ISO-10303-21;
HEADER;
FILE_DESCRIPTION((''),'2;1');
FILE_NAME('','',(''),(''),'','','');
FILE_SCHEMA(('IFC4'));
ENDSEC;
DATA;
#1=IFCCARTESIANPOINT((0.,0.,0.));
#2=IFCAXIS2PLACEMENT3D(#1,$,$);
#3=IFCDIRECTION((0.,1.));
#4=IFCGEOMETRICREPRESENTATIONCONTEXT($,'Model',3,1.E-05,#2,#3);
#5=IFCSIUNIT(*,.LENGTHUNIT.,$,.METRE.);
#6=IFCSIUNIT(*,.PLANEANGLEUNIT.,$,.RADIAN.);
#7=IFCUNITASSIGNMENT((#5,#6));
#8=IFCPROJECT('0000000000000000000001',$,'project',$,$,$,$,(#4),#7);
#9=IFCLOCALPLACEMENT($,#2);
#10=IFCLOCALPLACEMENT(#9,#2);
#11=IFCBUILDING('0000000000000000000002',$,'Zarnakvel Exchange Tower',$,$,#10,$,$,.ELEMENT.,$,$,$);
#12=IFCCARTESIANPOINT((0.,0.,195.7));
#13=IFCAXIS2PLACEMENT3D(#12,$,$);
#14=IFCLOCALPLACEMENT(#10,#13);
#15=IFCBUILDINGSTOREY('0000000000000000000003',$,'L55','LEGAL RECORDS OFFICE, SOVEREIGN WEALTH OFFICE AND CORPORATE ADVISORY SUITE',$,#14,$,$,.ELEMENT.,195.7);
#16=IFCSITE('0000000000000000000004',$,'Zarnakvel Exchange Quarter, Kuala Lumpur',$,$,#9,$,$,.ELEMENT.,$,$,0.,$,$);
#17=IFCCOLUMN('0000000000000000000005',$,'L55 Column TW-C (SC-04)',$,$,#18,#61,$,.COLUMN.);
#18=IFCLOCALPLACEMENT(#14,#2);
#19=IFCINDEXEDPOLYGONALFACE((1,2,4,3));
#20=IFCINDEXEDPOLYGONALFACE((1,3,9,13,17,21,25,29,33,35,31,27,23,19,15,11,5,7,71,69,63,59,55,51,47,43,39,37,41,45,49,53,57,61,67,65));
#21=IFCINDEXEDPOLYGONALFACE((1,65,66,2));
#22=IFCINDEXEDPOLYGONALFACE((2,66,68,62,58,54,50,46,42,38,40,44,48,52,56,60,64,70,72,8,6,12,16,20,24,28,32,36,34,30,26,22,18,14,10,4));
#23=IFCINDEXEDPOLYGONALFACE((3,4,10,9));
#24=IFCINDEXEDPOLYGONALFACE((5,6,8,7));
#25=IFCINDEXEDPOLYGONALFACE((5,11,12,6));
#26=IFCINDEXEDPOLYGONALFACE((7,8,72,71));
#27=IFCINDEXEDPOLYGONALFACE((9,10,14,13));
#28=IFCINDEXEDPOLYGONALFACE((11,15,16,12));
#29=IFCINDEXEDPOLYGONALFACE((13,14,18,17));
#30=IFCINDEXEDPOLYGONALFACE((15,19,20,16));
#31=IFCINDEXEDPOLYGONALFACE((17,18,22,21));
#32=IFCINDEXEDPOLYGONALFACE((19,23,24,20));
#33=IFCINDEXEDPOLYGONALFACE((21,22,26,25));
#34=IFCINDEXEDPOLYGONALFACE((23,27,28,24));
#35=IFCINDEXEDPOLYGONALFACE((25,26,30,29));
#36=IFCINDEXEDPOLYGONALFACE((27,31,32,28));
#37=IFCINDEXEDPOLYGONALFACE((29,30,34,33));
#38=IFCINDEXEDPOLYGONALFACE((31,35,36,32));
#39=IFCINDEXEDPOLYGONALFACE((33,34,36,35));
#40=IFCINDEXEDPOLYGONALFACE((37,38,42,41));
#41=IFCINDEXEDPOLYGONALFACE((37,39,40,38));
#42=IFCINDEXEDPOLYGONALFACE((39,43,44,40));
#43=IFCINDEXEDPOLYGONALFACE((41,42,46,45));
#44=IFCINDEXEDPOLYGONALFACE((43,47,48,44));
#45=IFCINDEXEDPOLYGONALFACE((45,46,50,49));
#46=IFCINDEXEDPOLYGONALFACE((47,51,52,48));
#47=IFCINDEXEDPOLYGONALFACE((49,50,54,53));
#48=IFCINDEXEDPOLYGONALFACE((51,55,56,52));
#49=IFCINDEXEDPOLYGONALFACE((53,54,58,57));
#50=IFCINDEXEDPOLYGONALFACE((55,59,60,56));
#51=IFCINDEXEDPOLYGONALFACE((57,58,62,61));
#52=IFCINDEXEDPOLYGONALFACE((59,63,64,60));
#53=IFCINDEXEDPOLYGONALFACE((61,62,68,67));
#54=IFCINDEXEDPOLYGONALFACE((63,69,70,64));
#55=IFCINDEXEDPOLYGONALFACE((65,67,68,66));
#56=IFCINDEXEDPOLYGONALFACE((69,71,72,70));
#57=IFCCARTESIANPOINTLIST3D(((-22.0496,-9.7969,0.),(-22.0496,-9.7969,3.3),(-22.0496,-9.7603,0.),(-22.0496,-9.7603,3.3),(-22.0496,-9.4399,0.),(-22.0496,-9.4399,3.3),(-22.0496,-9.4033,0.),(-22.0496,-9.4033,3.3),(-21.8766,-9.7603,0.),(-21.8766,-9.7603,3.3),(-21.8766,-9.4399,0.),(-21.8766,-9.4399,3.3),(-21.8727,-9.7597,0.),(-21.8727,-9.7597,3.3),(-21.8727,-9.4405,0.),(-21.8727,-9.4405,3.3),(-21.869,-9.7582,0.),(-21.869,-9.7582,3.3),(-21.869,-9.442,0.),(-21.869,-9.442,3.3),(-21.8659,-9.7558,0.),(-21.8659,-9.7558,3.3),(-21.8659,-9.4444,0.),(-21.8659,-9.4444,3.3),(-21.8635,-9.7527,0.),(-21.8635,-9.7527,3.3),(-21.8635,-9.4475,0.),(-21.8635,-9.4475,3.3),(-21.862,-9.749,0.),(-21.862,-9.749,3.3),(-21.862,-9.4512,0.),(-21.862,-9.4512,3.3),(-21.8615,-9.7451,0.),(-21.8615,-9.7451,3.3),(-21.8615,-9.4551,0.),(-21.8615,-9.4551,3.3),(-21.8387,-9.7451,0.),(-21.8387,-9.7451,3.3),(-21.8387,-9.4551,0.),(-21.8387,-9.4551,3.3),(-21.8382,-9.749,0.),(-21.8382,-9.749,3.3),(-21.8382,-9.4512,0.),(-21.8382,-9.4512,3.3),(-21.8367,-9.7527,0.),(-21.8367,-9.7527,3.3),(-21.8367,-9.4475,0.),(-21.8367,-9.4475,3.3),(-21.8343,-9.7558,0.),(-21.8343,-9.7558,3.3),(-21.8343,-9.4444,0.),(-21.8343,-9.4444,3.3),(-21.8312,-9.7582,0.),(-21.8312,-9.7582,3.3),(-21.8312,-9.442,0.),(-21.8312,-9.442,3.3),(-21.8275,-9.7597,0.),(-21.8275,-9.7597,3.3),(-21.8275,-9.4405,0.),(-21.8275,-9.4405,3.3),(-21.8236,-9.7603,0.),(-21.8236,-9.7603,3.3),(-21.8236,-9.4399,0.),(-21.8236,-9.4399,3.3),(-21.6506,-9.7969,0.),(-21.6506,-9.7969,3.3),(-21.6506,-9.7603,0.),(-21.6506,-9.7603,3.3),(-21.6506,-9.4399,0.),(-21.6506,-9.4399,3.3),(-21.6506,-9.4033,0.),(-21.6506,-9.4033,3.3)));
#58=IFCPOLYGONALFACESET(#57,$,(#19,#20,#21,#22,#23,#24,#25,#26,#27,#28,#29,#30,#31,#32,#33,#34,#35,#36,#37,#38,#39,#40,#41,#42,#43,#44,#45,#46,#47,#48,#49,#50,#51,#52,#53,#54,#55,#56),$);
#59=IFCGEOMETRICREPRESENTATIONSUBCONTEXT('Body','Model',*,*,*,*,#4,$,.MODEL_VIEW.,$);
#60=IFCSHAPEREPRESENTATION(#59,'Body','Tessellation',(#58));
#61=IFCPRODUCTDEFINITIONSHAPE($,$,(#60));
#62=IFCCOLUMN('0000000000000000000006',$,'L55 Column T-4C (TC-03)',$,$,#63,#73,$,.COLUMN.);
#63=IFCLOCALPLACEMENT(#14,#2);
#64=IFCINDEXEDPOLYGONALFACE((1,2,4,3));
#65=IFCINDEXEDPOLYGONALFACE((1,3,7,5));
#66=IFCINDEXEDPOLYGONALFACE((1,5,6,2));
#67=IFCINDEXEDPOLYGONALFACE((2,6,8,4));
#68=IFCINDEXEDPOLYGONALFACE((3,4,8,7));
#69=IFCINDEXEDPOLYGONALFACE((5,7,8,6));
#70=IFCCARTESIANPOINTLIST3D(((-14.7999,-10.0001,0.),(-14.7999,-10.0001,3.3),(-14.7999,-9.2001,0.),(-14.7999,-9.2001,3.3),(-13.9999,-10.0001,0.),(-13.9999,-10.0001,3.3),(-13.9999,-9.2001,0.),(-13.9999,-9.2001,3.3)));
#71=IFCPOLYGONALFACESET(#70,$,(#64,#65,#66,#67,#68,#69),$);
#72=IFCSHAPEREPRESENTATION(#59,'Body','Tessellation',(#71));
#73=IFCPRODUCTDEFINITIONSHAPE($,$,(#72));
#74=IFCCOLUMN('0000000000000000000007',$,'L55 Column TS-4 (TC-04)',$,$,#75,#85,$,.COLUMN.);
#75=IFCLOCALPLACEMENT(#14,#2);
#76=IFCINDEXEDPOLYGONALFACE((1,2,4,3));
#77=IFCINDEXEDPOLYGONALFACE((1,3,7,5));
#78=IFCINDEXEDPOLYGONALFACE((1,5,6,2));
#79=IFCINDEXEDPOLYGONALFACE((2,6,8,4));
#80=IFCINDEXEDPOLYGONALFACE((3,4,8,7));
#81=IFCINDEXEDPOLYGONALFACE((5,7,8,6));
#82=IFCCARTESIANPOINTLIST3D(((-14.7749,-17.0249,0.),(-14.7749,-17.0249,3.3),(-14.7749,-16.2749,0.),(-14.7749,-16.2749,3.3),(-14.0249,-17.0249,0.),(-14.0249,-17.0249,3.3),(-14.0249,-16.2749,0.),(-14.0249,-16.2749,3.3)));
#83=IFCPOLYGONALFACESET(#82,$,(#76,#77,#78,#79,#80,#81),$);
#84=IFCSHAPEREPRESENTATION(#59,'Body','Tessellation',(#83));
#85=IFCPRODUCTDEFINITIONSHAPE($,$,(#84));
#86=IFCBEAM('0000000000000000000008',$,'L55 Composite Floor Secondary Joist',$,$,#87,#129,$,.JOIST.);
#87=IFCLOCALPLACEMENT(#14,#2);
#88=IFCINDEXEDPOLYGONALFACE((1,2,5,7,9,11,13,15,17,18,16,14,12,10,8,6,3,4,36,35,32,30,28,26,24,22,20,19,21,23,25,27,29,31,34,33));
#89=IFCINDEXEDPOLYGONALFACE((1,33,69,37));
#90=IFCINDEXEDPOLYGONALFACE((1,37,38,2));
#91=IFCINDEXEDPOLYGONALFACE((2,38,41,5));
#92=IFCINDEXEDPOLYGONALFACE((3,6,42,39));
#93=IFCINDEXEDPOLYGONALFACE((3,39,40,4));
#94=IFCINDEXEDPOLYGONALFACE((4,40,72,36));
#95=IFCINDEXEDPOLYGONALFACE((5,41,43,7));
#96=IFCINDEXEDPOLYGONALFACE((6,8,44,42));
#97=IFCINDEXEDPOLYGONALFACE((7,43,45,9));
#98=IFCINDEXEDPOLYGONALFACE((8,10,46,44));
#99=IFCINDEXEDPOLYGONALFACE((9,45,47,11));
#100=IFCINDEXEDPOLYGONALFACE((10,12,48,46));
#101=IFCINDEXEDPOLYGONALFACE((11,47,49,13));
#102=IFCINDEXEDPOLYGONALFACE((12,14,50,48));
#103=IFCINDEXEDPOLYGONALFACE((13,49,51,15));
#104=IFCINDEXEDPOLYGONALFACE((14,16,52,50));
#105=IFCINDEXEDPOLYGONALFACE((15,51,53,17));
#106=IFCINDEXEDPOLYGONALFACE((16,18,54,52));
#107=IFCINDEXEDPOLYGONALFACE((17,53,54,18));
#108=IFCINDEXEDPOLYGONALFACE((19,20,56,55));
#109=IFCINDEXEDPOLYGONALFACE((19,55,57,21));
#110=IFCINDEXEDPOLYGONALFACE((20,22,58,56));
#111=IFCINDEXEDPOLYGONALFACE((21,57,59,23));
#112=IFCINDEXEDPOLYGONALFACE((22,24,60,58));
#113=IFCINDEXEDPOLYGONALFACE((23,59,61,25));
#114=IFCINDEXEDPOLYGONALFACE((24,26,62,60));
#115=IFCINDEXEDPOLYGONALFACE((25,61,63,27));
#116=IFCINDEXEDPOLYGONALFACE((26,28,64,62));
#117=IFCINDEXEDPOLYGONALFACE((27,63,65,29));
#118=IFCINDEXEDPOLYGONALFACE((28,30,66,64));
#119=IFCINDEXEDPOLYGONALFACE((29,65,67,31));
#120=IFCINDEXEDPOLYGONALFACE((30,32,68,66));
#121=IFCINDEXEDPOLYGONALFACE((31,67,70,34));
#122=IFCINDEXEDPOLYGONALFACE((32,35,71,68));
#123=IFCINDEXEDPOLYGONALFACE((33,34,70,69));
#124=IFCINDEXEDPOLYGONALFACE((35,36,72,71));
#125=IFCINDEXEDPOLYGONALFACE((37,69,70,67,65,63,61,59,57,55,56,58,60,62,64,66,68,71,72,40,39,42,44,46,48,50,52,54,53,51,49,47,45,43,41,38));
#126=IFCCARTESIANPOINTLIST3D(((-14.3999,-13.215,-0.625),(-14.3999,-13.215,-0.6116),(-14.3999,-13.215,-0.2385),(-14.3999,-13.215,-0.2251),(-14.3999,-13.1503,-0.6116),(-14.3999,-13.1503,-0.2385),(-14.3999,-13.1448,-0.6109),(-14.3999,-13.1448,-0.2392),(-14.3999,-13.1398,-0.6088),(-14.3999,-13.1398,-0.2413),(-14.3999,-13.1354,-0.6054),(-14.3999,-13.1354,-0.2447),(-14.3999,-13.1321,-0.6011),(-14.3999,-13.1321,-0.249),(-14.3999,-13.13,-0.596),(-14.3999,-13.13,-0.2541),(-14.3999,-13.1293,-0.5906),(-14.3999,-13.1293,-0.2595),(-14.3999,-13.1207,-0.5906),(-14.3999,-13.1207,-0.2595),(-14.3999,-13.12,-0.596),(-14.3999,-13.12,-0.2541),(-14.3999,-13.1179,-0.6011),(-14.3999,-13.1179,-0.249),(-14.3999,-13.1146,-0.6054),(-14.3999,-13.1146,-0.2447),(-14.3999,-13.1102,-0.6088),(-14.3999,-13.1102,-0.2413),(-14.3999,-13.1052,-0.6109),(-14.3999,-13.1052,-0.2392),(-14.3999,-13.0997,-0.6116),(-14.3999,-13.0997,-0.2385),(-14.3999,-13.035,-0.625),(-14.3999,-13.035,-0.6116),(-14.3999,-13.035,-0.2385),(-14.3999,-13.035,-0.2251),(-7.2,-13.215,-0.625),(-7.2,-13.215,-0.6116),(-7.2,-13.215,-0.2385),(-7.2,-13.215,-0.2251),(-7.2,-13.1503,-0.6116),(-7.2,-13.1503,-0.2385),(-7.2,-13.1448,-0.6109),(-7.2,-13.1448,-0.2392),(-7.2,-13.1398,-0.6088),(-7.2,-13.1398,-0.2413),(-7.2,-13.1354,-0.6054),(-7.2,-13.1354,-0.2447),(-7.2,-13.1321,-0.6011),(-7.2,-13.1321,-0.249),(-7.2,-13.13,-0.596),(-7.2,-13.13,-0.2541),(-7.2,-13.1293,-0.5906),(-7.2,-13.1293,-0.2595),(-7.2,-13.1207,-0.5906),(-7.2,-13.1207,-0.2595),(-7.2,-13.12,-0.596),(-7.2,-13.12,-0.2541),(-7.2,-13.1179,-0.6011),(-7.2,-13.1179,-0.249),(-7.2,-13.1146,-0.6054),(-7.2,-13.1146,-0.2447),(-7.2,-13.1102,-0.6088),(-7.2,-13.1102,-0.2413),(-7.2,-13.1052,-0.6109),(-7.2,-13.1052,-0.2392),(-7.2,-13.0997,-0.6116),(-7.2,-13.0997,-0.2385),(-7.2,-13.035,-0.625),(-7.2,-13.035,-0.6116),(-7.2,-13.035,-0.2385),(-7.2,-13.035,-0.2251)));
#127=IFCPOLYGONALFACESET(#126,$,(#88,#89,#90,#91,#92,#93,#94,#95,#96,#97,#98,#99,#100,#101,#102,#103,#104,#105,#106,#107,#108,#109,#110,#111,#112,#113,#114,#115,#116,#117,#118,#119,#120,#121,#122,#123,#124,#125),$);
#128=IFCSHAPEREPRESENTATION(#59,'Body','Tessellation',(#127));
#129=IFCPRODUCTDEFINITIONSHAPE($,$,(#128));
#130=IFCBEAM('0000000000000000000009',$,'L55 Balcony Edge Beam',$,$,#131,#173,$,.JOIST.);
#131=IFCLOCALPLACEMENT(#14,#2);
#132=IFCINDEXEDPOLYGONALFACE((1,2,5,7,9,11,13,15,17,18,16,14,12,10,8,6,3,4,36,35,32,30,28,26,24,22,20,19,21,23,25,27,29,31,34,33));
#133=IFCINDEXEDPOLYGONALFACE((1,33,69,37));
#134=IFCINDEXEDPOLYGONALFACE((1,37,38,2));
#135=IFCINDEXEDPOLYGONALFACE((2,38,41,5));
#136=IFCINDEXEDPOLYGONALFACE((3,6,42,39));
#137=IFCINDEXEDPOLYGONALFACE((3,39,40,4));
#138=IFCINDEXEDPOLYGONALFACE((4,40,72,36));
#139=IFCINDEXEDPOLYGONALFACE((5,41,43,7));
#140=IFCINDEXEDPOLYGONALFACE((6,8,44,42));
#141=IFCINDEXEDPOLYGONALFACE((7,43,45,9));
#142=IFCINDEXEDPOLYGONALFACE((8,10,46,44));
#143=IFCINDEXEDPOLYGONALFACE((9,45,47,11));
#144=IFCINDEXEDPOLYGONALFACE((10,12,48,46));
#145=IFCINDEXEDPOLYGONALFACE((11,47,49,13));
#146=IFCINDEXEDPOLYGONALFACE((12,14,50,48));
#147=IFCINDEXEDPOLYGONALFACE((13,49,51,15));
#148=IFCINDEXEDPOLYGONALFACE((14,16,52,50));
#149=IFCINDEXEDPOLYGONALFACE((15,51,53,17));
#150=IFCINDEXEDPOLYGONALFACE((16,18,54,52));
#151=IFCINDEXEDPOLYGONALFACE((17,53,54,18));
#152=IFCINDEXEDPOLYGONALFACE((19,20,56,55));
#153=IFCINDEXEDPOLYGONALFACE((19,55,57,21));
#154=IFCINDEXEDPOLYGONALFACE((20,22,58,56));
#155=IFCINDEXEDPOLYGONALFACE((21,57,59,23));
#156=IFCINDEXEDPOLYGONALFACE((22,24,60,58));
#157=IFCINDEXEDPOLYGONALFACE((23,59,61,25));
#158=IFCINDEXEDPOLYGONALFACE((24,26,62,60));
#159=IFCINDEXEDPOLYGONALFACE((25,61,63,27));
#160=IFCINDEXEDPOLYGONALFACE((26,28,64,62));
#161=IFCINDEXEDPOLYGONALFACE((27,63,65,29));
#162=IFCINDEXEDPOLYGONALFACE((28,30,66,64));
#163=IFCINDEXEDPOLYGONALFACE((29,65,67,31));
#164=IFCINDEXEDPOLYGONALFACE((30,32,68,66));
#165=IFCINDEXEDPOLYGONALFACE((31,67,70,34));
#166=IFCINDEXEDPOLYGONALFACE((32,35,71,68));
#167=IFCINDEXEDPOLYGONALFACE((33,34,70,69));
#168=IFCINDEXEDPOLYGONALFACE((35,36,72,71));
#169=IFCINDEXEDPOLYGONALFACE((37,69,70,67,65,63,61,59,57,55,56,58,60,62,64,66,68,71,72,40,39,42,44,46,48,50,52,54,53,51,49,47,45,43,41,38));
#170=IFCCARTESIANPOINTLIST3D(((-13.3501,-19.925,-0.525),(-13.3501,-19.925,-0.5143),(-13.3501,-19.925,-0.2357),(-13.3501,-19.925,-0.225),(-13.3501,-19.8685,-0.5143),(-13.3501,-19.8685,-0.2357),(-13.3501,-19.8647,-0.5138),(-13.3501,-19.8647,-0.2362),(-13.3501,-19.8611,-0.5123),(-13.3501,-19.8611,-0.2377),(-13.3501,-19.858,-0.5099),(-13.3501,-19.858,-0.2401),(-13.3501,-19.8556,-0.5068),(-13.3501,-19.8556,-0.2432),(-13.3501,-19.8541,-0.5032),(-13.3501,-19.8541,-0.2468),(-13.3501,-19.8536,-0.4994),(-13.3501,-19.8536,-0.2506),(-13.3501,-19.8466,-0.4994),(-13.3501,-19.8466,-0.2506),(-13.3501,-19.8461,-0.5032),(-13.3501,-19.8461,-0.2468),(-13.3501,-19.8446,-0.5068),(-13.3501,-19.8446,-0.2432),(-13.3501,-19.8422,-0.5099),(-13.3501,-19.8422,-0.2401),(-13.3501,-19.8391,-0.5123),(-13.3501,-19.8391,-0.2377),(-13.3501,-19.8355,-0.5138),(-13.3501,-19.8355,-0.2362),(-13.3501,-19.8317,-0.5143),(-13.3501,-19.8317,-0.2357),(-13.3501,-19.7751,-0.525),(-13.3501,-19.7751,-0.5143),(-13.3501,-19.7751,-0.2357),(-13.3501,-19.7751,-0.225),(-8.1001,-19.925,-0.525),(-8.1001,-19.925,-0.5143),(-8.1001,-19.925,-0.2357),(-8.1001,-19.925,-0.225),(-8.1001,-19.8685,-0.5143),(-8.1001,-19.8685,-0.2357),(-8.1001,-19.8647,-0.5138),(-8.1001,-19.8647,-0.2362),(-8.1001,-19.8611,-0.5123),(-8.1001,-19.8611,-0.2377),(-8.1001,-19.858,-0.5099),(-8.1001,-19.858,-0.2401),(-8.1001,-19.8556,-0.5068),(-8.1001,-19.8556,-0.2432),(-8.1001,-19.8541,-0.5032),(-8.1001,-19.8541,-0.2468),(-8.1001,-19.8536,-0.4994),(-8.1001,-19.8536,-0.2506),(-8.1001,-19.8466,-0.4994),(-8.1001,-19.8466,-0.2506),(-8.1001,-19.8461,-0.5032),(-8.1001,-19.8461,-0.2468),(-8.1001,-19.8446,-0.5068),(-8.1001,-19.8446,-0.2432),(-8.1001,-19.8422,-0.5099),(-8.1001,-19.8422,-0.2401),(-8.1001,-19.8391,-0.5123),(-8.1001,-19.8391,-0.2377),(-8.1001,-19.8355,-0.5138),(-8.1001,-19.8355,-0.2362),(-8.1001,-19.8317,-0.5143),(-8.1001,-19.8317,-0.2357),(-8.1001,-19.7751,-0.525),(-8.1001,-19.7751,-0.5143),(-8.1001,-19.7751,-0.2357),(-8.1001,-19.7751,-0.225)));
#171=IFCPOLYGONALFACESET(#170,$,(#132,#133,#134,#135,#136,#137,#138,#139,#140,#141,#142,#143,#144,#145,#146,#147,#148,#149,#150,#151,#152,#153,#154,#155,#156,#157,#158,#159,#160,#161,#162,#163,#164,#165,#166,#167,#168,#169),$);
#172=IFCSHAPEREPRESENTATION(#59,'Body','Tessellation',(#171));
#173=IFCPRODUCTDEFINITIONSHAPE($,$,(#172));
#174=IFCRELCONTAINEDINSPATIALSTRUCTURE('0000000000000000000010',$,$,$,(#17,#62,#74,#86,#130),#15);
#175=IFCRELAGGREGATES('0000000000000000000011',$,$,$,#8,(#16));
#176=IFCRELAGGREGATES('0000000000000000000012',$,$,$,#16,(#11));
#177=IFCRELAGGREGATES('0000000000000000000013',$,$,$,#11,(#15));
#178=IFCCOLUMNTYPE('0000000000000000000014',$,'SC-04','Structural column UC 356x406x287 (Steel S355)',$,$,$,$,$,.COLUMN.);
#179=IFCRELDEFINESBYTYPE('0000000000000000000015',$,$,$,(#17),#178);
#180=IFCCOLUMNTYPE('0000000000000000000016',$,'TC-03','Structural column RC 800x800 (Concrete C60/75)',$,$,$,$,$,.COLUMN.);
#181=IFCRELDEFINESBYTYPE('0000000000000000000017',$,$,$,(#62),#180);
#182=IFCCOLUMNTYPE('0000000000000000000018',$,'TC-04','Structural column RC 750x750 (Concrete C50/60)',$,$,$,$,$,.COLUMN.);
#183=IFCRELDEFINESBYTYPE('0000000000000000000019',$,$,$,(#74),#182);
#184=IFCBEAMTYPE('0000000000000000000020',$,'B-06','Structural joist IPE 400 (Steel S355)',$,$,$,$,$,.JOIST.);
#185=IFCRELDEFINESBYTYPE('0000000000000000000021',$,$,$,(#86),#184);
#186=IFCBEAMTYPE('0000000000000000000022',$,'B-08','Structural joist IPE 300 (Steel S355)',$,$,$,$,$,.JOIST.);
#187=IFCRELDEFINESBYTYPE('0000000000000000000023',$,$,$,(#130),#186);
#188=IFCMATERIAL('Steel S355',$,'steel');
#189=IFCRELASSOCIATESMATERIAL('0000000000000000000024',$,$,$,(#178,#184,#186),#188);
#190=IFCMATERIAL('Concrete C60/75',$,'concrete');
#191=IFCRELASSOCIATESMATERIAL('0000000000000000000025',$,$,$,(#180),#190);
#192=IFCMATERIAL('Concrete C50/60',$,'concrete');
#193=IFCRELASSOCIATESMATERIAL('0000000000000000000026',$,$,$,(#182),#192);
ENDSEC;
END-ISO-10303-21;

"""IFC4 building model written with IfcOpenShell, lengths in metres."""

from ifc_helpers import new_model, si_unit, direction, frame, origin, origin_2d, place, context, subcontext, project, spatial, rectangle, i_section, extrude, material, material_profile, profile_set, type_object, element, save


model = new_model("IFC4")

# Units and contexts
model_context = context("Model", 3, precision=1e-05, world=origin(), true_north=direction((0.0, 1.0)))
body_context = subcontext(model_context, "Body", "Model", "MODEL_VIEW")
ifc_project = project(units=[si_unit("LENGTHUNIT", "METRE"), si_unit("PLANEANGLEUNIT", "RADIAN")], contexts=[model_context])

# Site, building, storey
site_placement = place(None, origin())
site = spatial("IfcSite", under=ifc_project, at=site_placement, Name="Zarnakvel Exchange Quarter, Kuala Lumpur", CompositionType="ELEMENT", RefElevation=0.0)
building_placement = place(site_placement, origin())
building = spatial("IfcBuilding", under=site, at=building_placement, Name="Zarnakvel Exchange Tower", CompositionType="ELEMENT")
storey_placement = place(building_placement, frame((0.0, 0.0, 195.7)))
storey = spatial("IfcBuildingStorey", under=building, at=storey_placement, Name="L55", Description="LEGAL RECORDS OFFICE, SOVEREIGN WEALTH OFFICE AND CORPORATE ADVISORY SUITE", CompositionType="ELEMENT", Elevation=195.7)

# Columns
ifc_material_1 = material(Name="Steel S355", Category="steel")
ifc_material_profile_1 = material_profile(ifc_material_1, i_section(OverallWidth=0.3989, OverallDepth=0.3936, WebThickness=0.0227, FlangeThickness=0.0366, FilletRadius=0.0151, at=origin_2d()))
ifc_profile_set_1 = profile_set([ifc_material_profile_1], Name="Steel S355")
column_type_1 = type_object("IfcColumnType", Name="SC-04", Description="Structural column UC 356x406x287 (Steel S355)", PredefinedType="COLUMN", material=ifc_profile_set_1)
column_1_placement = place(storey_placement, frame((-21.8501, -9.6001, 0.0), z_axis=(0.0, 0.0, 1.0), x_axis=(1.0, 0.0, 0.0)))
element("IfcColumn", 1, at=column_1_placement, inside=storey, type_object=column_type_1, Name="L55 Column TW-C (SC-04)", PredefinedType="COLUMN", context=body_context, shape_type="SweptSolid", body=[
    extrude(i_section(OverallWidth=0.3989, OverallDepth=0.3936, WebThickness=0.0227, FlangeThickness=0.0366, FilletRadius=0.0151, at=origin_2d()), origin(), (0.0, 0.0, 1.0), 3.3),
])
ifc_material_2 = material(Name="Concrete C60/75", Category="concrete")
ifc_material_profile_2 = material_profile(ifc_material_2, rectangle(XDim=0.8, YDim=0.8, at=origin_2d()))
ifc_profile_set_2 = profile_set([ifc_material_profile_2], Name="Concrete C60/75")
column_type_2 = type_object("IfcColumnType", Name="TC-03", Description="Structural column RC 800x800 (Concrete C60/75)", PredefinedType="COLUMN", material=ifc_profile_set_2)
column_2_placement = place(storey_placement, frame((-14.3999, -9.6001, 0.0), z_axis=(0.0, 0.0, 1.0), x_axis=(1.0, 0.0, 0.0)))
element("IfcColumn", 2, at=column_2_placement, inside=storey, type_object=column_type_2, Name="L55 Column T-4C (TC-03)", PredefinedType="COLUMN", context=body_context, shape_type="SweptSolid", body=[
    extrude(rectangle(XDim=0.8, YDim=0.8, at=origin_2d()), origin(), (0.0, 0.0, 1.0), 3.3),
])
ifc_material_3 = material(Name="Concrete C50/60", Category="concrete")
ifc_material_profile_3 = material_profile(ifc_material_3, rectangle(XDim=0.75, YDim=0.75, at=origin_2d()))
ifc_profile_set_3 = profile_set([ifc_material_profile_3], Name="Concrete C50/60")
column_type_3 = type_object("IfcColumnType", Name="TC-04", Description="Structural column RC 750x750 (Concrete C50/60)", PredefinedType="COLUMN", material=ifc_profile_set_3)
column_3_placement = place(storey_placement, frame((-14.3999, -16.6499, 0.0), z_axis=(0.0, 0.0, 1.0), x_axis=(1.0, 0.0, 0.0)))
element("IfcColumn", 3, at=column_3_placement, inside=storey, type_object=column_type_3, Name="L55 Column TS-4 (TC-04)", PredefinedType="COLUMN", context=body_context, shape_type="SweptSolid", body=[
    extrude(rectangle(XDim=0.75, YDim=0.75, at=origin_2d()), origin(), (0.0, 0.0, 1.0), 3.3),
])

# Beams
ifc_material_profile_4 = material_profile(ifc_material_1, i_section(OverallWidth=0.1799, OverallDepth=0.3999, WebThickness=0.0085, FlangeThickness=0.0134, FilletRadius=0.021, at=origin_2d()))
ifc_profile_set_4 = profile_set([ifc_material_profile_4], Name="Steel S355")
beam_type_1 = type_object("IfcBeamType", Name="B-06", Description="Structural joist IPE 400 (Steel S355)", PredefinedType="JOIST", material=ifc_profile_set_4)
beam_1_placement = place(storey_placement, frame((-14.3999, -13.125, -0.425), z_axis=(1.0, 0.0, 0.0), x_axis=(0.0, 1.0, 0.0)))
element("IfcBeam", 4, at=beam_1_placement, inside=storey, type_object=beam_type_1, Name="L55 Composite Floor Secondary Joist", PredefinedType="JOIST", context=body_context, shape_type="SweptSolid", body=[
    extrude(i_section(OverallWidth=0.1799, OverallDepth=0.3999, WebThickness=0.0085, FlangeThickness=0.0134, FilletRadius=0.021, at=origin_2d()), origin(), (0.0, 0.0, 1.0), 7.2),
])
ifc_material_profile_5 = material_profile(ifc_material_1, i_section(OverallWidth=0.1499, OverallDepth=0.3, WebThickness=0.0071, FlangeThickness=0.0107, FilletRadius=0.0149, at=origin_2d()))
ifc_profile_set_5 = profile_set([ifc_material_profile_5], Name="Steel S355")
beam_type_2 = type_object("IfcBeamType", Name="B-08", Description="Structural joist IPE 300 (Steel S355)", PredefinedType="JOIST", material=ifc_profile_set_5)
beam_2_placement = place(storey_placement, frame((-13.3501, -19.8501, -0.375), z_axis=(1.0, 0.0, 0.0), x_axis=(0.0, 1.0, 0.0)))
element("IfcBeam", 5, at=beam_2_placement, inside=storey, type_object=beam_type_2, Name="L55 Balcony Edge Beam", PredefinedType="JOIST", context=body_context, shape_type="SweptSolid", body=[
    extrude(i_section(OverallWidth=0.1499, OverallDepth=0.3, WebThickness=0.0071, FlangeThickness=0.0107, FilletRadius=0.0149, at=origin_2d()), origin(), (0.0, 0.0, 1.0), 5.25),
])

save(model, "model.ifc")
